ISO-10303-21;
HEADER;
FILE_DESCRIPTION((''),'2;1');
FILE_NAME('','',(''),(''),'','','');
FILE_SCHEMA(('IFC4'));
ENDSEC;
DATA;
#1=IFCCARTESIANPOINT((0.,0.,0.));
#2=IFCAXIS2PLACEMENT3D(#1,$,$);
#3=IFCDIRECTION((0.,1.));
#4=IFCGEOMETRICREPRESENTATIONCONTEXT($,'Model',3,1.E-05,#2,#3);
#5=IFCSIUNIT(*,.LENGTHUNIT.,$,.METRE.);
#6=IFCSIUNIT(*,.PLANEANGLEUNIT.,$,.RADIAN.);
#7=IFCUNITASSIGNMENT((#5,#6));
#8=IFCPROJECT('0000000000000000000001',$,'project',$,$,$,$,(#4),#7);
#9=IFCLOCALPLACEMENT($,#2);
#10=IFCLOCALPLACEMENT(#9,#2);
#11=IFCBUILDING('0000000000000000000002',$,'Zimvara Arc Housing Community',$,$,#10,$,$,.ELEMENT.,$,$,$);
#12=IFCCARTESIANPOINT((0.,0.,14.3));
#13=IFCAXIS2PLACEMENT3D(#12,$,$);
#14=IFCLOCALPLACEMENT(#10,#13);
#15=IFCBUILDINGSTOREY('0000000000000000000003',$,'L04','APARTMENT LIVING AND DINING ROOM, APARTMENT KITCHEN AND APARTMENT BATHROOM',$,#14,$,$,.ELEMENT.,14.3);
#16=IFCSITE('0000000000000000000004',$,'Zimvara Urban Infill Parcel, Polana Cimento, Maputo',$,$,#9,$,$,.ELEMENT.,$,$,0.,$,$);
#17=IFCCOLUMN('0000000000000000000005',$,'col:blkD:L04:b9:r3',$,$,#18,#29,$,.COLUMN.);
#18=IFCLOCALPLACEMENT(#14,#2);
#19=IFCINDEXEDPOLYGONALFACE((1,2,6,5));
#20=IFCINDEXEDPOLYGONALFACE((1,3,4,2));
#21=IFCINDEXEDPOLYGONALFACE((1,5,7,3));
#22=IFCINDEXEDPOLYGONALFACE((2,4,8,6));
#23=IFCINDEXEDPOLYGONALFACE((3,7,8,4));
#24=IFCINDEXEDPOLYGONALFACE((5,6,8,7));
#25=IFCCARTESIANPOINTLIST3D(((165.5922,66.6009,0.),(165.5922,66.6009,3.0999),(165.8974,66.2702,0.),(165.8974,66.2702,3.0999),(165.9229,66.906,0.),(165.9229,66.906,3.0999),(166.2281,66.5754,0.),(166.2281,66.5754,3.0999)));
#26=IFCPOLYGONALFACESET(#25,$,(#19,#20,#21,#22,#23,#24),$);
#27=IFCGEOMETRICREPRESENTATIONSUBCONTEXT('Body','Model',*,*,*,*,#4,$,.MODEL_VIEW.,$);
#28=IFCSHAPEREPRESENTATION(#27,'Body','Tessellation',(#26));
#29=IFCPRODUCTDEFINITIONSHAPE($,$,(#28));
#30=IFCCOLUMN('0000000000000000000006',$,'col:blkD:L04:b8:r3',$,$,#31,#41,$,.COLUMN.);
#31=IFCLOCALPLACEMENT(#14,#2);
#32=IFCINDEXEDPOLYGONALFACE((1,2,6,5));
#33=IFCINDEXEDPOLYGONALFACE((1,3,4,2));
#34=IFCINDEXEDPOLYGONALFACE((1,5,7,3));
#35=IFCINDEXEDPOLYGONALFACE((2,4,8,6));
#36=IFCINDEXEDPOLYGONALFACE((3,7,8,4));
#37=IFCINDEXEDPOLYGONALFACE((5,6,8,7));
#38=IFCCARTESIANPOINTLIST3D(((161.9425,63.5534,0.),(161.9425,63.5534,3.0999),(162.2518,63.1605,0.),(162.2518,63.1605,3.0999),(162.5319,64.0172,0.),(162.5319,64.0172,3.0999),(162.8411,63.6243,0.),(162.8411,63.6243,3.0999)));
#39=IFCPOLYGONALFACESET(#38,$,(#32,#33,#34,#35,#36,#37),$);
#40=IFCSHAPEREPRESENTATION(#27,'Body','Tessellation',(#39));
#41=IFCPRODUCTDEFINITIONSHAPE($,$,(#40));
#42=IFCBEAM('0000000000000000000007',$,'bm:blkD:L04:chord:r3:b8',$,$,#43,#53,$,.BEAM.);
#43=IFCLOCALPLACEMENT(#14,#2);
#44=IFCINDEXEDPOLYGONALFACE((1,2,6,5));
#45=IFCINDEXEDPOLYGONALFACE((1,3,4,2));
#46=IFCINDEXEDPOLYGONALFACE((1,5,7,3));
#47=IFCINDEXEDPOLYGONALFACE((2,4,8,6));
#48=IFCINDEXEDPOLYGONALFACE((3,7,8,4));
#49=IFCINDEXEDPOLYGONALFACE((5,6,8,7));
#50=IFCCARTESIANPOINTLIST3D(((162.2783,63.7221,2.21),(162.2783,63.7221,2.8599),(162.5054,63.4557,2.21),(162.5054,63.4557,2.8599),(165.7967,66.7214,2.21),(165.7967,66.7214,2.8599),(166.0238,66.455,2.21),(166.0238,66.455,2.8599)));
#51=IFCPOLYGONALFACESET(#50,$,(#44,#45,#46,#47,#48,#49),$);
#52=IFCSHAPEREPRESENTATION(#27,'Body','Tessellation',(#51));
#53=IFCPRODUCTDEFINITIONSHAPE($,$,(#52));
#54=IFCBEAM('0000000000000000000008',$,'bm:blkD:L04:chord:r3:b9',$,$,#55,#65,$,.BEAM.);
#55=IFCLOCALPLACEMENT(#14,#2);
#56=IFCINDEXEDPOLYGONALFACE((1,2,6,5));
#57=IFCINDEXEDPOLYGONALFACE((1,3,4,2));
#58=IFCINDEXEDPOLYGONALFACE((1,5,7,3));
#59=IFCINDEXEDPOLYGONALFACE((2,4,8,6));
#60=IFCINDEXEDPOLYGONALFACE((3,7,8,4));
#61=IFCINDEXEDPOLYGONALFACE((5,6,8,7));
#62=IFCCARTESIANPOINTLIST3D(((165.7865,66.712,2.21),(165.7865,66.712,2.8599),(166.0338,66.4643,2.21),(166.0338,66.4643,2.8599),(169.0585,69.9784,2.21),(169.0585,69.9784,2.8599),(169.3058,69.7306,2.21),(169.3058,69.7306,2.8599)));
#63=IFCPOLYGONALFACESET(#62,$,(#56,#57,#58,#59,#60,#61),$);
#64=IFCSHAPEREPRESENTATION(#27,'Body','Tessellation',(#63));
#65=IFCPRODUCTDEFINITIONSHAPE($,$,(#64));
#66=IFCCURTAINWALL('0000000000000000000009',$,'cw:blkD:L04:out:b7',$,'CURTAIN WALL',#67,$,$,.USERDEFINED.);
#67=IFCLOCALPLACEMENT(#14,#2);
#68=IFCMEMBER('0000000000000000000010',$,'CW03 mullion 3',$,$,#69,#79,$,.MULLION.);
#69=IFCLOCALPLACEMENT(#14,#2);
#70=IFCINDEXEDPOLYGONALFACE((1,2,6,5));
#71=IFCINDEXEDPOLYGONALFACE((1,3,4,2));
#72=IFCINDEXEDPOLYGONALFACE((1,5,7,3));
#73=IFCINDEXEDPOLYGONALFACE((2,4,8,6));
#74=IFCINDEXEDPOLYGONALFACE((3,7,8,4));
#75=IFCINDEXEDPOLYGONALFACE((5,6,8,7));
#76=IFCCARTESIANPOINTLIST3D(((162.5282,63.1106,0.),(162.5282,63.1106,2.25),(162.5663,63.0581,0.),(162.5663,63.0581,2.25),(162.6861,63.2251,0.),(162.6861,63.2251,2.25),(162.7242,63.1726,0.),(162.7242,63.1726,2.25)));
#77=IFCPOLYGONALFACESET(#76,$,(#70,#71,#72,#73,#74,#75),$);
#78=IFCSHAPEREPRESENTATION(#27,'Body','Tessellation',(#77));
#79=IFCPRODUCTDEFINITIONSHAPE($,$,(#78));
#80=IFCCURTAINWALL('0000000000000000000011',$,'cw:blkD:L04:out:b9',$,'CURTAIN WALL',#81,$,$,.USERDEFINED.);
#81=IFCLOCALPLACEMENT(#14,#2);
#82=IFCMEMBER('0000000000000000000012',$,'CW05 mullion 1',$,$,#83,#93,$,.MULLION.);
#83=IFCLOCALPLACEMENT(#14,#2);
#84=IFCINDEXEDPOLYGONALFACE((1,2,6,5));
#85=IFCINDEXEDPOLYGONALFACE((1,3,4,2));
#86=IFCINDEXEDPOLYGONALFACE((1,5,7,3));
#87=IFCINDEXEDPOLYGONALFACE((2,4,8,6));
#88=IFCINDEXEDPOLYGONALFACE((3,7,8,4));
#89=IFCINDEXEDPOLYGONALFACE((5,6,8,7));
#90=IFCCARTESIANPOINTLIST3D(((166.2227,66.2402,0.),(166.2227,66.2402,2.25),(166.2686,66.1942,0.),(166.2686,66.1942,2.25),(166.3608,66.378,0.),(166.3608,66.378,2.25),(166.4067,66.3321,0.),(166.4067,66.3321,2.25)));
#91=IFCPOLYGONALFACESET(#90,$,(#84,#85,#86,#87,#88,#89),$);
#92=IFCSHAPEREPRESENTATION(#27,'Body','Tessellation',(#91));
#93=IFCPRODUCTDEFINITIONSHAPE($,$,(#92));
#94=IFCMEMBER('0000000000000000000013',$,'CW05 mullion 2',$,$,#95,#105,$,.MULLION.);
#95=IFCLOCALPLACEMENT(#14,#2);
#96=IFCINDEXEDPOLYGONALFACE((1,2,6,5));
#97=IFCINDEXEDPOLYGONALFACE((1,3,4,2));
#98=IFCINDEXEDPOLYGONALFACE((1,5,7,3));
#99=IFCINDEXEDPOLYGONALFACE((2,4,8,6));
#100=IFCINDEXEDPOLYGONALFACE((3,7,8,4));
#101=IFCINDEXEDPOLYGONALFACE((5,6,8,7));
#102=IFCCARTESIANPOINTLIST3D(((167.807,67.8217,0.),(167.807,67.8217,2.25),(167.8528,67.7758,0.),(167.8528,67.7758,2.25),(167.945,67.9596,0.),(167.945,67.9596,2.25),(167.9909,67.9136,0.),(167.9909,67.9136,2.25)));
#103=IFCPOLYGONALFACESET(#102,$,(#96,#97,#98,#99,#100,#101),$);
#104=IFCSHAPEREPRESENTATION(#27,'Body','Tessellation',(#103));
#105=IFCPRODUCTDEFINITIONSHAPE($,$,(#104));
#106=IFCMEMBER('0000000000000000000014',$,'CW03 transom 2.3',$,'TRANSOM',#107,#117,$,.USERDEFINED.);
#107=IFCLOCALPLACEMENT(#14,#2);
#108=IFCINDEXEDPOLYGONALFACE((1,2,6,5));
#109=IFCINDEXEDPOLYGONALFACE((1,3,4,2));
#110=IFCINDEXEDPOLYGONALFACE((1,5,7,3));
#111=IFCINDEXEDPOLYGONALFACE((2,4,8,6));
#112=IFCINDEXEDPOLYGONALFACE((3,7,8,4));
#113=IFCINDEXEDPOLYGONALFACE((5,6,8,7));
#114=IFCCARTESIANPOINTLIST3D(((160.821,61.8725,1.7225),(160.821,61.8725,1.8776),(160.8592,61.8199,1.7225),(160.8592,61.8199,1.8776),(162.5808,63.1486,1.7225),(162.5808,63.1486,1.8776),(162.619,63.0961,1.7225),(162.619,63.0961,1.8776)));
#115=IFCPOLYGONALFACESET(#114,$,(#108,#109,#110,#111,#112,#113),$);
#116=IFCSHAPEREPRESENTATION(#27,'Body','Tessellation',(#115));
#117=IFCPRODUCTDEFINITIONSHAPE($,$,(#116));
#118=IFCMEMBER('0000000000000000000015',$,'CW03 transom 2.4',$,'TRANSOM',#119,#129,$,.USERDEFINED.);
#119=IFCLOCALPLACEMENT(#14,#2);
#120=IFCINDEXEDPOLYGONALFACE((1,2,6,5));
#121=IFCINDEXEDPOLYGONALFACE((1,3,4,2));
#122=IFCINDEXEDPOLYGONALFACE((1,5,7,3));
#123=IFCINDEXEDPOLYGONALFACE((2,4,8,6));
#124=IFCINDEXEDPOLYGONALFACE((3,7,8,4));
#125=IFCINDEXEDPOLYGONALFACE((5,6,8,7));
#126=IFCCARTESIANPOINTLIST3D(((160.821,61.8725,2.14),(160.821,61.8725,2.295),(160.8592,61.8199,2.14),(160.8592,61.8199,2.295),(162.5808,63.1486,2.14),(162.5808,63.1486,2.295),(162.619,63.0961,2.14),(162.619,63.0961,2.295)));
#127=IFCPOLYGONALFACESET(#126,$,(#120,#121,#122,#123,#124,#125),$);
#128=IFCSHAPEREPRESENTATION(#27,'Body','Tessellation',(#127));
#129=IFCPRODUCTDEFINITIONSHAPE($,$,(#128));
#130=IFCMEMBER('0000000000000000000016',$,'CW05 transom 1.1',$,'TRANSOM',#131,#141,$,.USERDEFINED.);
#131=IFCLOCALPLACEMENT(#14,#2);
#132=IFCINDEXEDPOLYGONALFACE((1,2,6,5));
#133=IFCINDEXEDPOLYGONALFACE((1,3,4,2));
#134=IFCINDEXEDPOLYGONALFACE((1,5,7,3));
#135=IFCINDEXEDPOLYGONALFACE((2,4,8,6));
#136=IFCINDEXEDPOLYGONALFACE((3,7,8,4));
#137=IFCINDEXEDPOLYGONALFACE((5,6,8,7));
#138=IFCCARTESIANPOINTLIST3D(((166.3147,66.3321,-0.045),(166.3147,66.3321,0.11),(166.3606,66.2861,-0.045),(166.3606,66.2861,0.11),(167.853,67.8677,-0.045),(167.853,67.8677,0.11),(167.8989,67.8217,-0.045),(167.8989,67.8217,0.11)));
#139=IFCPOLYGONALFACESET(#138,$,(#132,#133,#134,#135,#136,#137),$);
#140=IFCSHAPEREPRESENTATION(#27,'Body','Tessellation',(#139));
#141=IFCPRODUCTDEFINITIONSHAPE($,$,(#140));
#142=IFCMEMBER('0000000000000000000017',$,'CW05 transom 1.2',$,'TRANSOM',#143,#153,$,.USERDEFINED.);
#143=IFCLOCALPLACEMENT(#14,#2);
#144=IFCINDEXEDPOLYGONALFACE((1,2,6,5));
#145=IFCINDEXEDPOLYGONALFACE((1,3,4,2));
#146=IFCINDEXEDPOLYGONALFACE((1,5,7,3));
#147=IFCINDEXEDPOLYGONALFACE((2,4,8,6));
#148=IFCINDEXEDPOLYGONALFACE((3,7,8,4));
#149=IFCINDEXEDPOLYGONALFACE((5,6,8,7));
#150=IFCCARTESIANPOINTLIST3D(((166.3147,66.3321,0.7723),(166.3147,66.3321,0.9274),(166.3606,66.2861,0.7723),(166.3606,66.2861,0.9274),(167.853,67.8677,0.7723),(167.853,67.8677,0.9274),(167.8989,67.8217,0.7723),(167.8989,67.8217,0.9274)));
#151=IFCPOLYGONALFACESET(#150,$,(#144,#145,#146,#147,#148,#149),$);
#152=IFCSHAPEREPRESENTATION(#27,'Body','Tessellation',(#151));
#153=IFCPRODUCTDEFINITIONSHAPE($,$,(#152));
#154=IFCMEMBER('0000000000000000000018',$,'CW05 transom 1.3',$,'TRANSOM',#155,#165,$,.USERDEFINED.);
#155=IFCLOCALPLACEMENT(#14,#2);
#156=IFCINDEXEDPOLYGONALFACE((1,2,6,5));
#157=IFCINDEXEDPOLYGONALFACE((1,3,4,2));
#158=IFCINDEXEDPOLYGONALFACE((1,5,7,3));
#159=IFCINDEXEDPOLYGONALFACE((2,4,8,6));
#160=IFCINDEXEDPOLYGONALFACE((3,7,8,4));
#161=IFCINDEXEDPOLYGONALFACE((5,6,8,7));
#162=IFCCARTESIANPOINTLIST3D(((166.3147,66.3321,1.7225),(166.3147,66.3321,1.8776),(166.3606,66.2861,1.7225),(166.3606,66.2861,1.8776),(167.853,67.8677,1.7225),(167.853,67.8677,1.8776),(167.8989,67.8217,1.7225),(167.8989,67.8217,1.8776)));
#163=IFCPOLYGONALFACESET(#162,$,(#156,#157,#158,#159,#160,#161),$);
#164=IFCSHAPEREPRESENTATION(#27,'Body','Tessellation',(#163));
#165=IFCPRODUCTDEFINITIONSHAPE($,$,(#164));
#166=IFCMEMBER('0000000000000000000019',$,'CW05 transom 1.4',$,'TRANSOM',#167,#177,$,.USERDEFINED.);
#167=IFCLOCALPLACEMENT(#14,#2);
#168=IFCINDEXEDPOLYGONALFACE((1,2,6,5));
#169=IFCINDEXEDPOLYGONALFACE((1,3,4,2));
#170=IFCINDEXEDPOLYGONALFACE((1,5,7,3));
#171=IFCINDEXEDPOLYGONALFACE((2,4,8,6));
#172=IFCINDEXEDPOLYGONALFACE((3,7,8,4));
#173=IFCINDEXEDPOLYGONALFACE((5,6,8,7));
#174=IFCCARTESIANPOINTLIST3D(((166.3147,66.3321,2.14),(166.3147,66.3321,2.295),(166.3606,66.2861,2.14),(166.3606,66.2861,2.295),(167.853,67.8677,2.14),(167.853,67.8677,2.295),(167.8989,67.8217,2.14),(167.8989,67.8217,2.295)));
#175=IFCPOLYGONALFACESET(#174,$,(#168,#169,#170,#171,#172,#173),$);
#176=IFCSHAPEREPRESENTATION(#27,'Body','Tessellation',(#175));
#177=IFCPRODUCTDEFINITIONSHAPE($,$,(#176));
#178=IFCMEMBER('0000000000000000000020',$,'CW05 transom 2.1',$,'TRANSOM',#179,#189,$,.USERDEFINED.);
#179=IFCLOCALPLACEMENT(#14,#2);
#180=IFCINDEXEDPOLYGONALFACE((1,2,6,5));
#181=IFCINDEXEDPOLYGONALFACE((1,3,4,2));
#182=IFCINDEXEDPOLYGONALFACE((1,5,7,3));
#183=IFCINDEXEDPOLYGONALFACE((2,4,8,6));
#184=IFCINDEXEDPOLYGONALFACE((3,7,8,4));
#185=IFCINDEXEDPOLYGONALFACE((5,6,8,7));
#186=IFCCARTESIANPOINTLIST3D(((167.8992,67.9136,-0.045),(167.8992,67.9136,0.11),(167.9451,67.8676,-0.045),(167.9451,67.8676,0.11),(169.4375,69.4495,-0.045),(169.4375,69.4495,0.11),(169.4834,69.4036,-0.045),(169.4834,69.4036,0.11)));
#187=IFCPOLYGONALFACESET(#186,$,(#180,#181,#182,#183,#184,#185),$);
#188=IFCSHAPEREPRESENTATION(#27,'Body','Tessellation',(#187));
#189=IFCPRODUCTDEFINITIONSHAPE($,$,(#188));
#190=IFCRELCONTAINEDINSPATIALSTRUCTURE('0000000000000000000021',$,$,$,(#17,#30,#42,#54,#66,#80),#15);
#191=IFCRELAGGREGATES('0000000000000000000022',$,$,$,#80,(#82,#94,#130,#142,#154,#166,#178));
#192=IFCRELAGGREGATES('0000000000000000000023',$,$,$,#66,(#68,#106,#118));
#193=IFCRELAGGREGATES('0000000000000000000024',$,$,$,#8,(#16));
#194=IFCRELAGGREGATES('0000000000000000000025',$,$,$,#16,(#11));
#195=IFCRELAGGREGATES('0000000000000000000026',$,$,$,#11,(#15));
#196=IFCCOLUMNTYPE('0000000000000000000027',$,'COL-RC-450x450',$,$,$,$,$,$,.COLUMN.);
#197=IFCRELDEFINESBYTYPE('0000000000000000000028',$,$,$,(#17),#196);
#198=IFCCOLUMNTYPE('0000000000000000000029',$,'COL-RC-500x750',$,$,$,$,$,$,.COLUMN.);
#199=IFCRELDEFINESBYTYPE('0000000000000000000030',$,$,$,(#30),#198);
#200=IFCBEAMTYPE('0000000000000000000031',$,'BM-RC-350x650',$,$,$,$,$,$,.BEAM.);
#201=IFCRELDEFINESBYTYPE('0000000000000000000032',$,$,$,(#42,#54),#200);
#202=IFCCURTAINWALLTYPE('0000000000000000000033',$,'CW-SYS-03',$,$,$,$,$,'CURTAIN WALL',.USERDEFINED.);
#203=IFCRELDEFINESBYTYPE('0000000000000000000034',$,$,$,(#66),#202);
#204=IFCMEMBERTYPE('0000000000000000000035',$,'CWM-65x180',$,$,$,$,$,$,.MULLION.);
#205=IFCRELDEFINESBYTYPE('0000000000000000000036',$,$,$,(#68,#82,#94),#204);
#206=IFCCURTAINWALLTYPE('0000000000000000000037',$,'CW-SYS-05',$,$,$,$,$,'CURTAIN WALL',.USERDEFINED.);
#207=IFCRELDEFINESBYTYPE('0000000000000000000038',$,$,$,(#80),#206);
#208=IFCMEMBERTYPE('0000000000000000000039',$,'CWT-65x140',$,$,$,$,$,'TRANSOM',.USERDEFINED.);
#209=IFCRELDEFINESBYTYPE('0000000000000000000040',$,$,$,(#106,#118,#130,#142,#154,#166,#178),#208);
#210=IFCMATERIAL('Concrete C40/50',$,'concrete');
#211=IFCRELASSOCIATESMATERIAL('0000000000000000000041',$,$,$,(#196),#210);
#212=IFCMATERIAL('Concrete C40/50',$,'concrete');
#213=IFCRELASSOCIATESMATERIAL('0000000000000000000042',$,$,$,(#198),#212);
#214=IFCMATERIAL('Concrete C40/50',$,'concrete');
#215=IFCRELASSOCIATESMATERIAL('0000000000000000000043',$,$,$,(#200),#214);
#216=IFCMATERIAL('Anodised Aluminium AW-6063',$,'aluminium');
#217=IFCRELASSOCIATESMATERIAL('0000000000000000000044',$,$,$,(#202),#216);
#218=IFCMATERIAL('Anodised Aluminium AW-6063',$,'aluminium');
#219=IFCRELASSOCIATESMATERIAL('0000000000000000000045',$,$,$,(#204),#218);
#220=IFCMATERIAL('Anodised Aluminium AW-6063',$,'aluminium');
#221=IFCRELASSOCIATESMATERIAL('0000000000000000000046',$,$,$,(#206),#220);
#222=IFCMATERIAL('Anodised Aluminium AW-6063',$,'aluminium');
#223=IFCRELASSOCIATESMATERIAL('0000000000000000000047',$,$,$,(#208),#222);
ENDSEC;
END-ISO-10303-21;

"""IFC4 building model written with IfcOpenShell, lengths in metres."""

from ifc_helpers import new_model, si_unit, direction, frame, origin, origin_2d, place, context, subcontext, project, spatial, rectangle, extrude, material, material_profile, profile_set, type_object, element, aggregate, save


model = new_model("IFC4")

# Units and contexts
model_context = context("Model", 3, precision=1e-05, world=origin(), true_north=direction((0.0, 1.0)))
body_context = subcontext(model_context, "Body", "Model", "MODEL_VIEW")
ifc_project = project(units=[si_unit("LENGTHUNIT", "METRE"), si_unit("PLANEANGLEUNIT", "RADIAN")], contexts=[model_context])

# Site, building, storey
site_placement = place(None, origin())
site = spatial("IfcSite", under=ifc_project, at=site_placement, Name="Zimvara Urban Infill Parcel, Polana Cimento, Maputo", CompositionType="ELEMENT", RefElevation=0.0)
building_placement = place(site_placement, origin())
building = spatial("IfcBuilding", under=site, at=building_placement, Name="Zimvara Arc Housing Community", CompositionType="ELEMENT")
storey_placement = place(building_placement, frame((0.0, 0.0, 14.3)))
storey = spatial("IfcBuildingStorey", under=building, at=storey_placement, Name="L04", Description="APARTMENT LIVING AND DINING ROOM, APARTMENT KITCHEN AND APARTMENT BATHROOM", CompositionType="ELEMENT", Elevation=14.3)

# Columns
ifc_material_1 = material(Name="Concrete C40/50", Category="concrete")
ifc_material_profile_1 = material_profile(ifc_material_1, rectangle(XDim=0.45, YDim=0.45, at=origin_2d()), Name="RC 450x450")
ifc_profile_set_1 = profile_set([ifc_material_profile_1], Name="Concrete C40/50")
column_type_1 = type_object("IfcColumnType", Name="COL-RC-450x450", PredefinedType="COLUMN", material=ifc_profile_set_1)
column_1_placement = place(storey_placement, frame((165.9102, 66.5881, 0.0), z_axis=(0.0, 0.0, 1.0), x_axis=(0.67816, -0.734915, 0.0)))
element("IfcColumn", 1, at=column_1_placement, inside=storey, type_object=column_type_1, Name="col:blkD:L04:b9:r3", PredefinedType="COLUMN", context=body_context, shape_type="SweptSolid", body=[
    extrude(rectangle(XDim=0.45, YDim=0.45, at=origin_2d()), origin(), (0.0, 0.0, 1.0), 3.0999),
])
ifc_material_2 = material(Name="Concrete C40/50", Category="concrete")
ifc_material_profile_2 = material_profile(ifc_material_2, rectangle(XDim=0.5, YDim=0.75, at=origin_2d()), Name="RC 500x750")
ifc_profile_set_2 = profile_set([ifc_material_profile_2], Name="Concrete C40/50")
column_type_2 = type_object("IfcColumnType", Name="COL-RC-500x750", PredefinedType="COLUMN", material=ifc_profile_set_2)
column_2_placement = place(storey_placement, frame((162.3918, 63.5889, 0.0), z_axis=(0.0, 0.0, 1.0), x_axis=(0.618408, -0.785857, 0.0)))
element("IfcColumn", 2, at=column_2_placement, inside=storey, type_object=column_type_2, Name="col:blkD:L04:b8:r3", PredefinedType="COLUMN", context=body_context, shape_type="SweptSolid", body=[
    extrude(rectangle(XDim=0.5, YDim=0.75, at=origin_2d()), origin(), (0.0, 0.0, 1.0), 3.0999),
])

# Beams
ifc_material_3 = material(Name="Concrete C40/50", Category="concrete")
ifc_material_profile_3 = material_profile(ifc_material_3, rectangle(XDim=0.3501, YDim=0.6499, at=origin_2d()), Name="RC 350x650")
ifc_profile_set_3 = profile_set([ifc_material_profile_3], Name="Concrete C40/50")
beam_type = type_object("IfcBeamType", Name="BM-RC-350x650", PredefinedType="BEAM", material=ifc_profile_set_3)
for number, where, z_axis, x_axis, name in (
    (3, (162.3918, 63.5889, 2.5349), (0.76101, 0.648741, 0.0), (-0.648741, 0.76101, 0.0), "bm:blkD:L04:chord:r3:b8"),
    (4, (165.9102, 66.5881, 2.5349), (0.707714, 0.706499, 0.0), (-0.706499, 0.707714, 0.0), "bm:blkD:L04:chord:r3:b9"),
):
    element("IfcBeam", number, at=place(storey_placement, frame(where, z_axis=z_axis, x_axis=x_axis)), inside=storey, type_object=beam_type, Name=name, PredefinedType="BEAM", context=body_context, shape_type="SweptSolid", body=[
        extrude(rectangle(XDim=0.3501, YDim=0.6499, at=origin_2d()), origin(), (0.0, 0.0, 1.0), 4.6233),
    ])

# Curtain wall, member
ifc_material_4 = material(Name="Anodised Aluminium AW-6063", Category="aluminium")
curtain_wall_type_1 = type_object("IfcCurtainWallType", Name="CW-SYS-03", ElementType="CURTAIN WALL", PredefinedType="USERDEFINED", material=ifc_material_4)
curtain_wall_1_placement = place(storey_placement, origin())
curtain_wall_1 = element("IfcCurtainWall", 5, at=curtain_wall_1_placement, inside=storey, type_object=curtain_wall_type_1, Name="cw:blkD:L04:out:b7", ObjectType="CURTAIN WALL", PredefinedType="USERDEFINED")
ifc_material_5 = material(Name="Anodised Aluminium AW-6063", Category="aluminium")
ifc_material_profile_4 = material_profile(ifc_material_5, rectangle(XDim=0.0649, YDim=0.1951, at=origin_2d()), Name="ALU 65x195")
ifc_profile_set_4 = profile_set([ifc_material_profile_4], Name="Anodised Aluminium AW-6063")
member_type_1 = type_object("IfcMemberType", Name="CWM-65x180", PredefinedType="MULLION", material=ifc_profile_set_4)
member_1_placement = place(storey_placement, frame((162.6262, 63.1416, 0.0), z_axis=(0.0, 0.0, 1.0), x_axis=(-0.587078, 0.80953, 0.0)))
member_1 = element("IfcMember", 6, at=member_1_placement, type_object=member_type_1, Name="CW03 mullion 3", PredefinedType="MULLION", context=body_context, shape_type="SweptSolid", body=[
    extrude(rectangle(XDim=0.0649, YDim=0.1951, at=origin_2d()), origin(), (0.0, 0.0, 1.0), 2.25),
])

# Curtain wall, members
ifc_material_6 = material(Name="Anodised Aluminium AW-6063", Category="aluminium")
curtain_wall_type_2 = type_object("IfcCurtainWallType", Name="CW-SYS-05", ElementType="CURTAIN WALL", PredefinedType="USERDEFINED", material=ifc_material_6)
curtain_wall_2_placement = place(storey_placement, origin())
curtain_wall_2 = element("IfcCurtainWall", 7, at=curtain_wall_2_placement, inside=storey, type_object=curtain_wall_type_2, Name="cw:blkD:L04:out:b9", ObjectType="CURTAIN WALL", PredefinedType="USERDEFINED")
member_2_placement = place(storey_placement, frame((166.3147, 66.2861, 0.0), z_axis=(0.0, 0.0, 1.0), x_axis=(-0.706489, 0.707724, 0.0)))
member_2 = element("IfcMember", 8, at=member_2_placement, type_object=member_type_1, Name="CW05 mullion 1", PredefinedType="MULLION", context=body_context, shape_type="SweptSolid", body=[
    extrude(rectangle(XDim=0.0649, YDim=0.1951, at=origin_2d()), origin(), (0.0, 0.0, 1.0), 2.25),
])
member_3_placement = place(storey_placement, frame((167.8989, 67.8677, 0.0), z_axis=(0.0, 0.0, 1.0), x_axis=(-0.706489, 0.707724, 0.0)))
member_3 = element("IfcMember", 9, at=member_3_placement, type_object=member_type_1, Name="CW05 mullion 2", PredefinedType="MULLION", context=body_context, shape_type="SweptSolid", body=[
    extrude(rectangle(XDim=0.0649, YDim=0.1951, at=origin_2d()), origin(), (0.0, 0.0, 1.0), 2.25),
])

# Members
ifc_material_7 = material(Name="Anodised Aluminium AW-6063", Category="aluminium")
ifc_material_profile_5 = material_profile(ifc_material_7, rectangle(XDim=0.0649, YDim=0.155, at=origin_2d()), Name="ALU 65x155")
ifc_profile_set_5 = profile_set([ifc_material_profile_5], Name="Anodised Aluminium AW-6063")
member_type_2 = type_object("IfcMemberType", Name="CWT-65x140", ElementType="TRANSOM", PredefinedType="USERDEFINED", material=ifc_profile_set_5)
member_4_placement = place(storey_placement, frame((160.8401, 61.8462, 1.8), z_axis=(0.809546, 0.587056, 0.0), x_axis=(-0.587056, 0.809546, 0.0)))
member_4 = element("IfcMember", 10, at=member_4_placement, type_object=member_type_2, Name="CW03 transom 2.3", ObjectType="TRANSOM", PredefinedType="USERDEFINED", context=body_context, shape_type="SweptSolid", body=[
    extrude(rectangle(XDim=0.0649, YDim=0.155, at=origin_2d()), origin(), (0.0, 0.0, 1.0), 2.1738),
])
member_5_placement = place(storey_placement, frame((160.8401, 61.8462, 2.2175), z_axis=(0.809546, 0.587056, 0.0), x_axis=(-0.587056, 0.809546, 0.0)))
member_5 = element("IfcMember", 11, at=member_5_placement, type_object=member_type_2, Name="CW03 transom 2.4", ObjectType="TRANSOM", PredefinedType="USERDEFINED", context=body_context, shape_type="SweptSolid", body=[
    extrude(rectangle(XDim=0.0649, YDim=0.155, at=origin_2d()), origin(), (0.0, 0.0, 1.0), 2.1738),
])
member_6_placement = place(storey_placement, frame((166.3376, 66.3091, 0.0325), z_axis=(0.707724, 0.706489, 0.0), x_axis=(-0.706489, 0.707724, 0.0)))
member_6 = element("IfcMember", 12, at=member_6_placement, type_object=member_type_2, Name="CW05 transom 1.1", ObjectType="TRANSOM", PredefinedType="USERDEFINED", context=body_context, shape_type="SweptSolid", body=[
    extrude(rectangle(XDim=0.0649, YDim=0.155, at=origin_2d()), origin(), (0.0, 0.0, 1.0), 2.1736),
])
member_7_placement = place(storey_placement, frame((166.3376, 66.3091, 0.8499), z_axis=(0.707724, 0.706489, 0.0), x_axis=(-0.706489, 0.707724, 0.0)))
member_7 = element("IfcMember", 13, at=member_7_placement, type_object=member_type_2, Name="CW05 transom 1.2", ObjectType="TRANSOM", PredefinedType="USERDEFINED", context=body_context, shape_type="SweptSolid", body=[
    extrude(rectangle(XDim=0.0649, YDim=0.155, at=origin_2d()), origin(), (0.0, 0.0, 1.0), 2.1736),
])
member_8_placement = place(storey_placement, frame((166.3376, 66.3091, 1.8), z_axis=(0.707724, 0.706489, 0.0), x_axis=(-0.706489, 0.707724, 0.0)))
member_8 = element("IfcMember", 14, at=member_8_placement, type_object=member_type_2, Name="CW05 transom 1.3", ObjectType="TRANSOM", PredefinedType="USERDEFINED", context=body_context, shape_type="SweptSolid", body=[
    extrude(rectangle(XDim=0.0649, YDim=0.155, at=origin_2d()), origin(), (0.0, 0.0, 1.0), 2.1736),
])
member_9_placement = place(storey_placement, frame((166.3376, 66.3091, 2.2175), z_axis=(0.707724, 0.706489, 0.0), x_axis=(-0.706489, 0.707724, 0.0)))
member_9 = element("IfcMember", 15, at=member_9_placement, type_object=member_type_2, Name="CW05 transom 1.4", ObjectType="TRANSOM", PredefinedType="USERDEFINED", context=body_context, shape_type="SweptSolid", body=[
    extrude(rectangle(XDim=0.0649, YDim=0.155, at=origin_2d()), origin(), (0.0, 0.0, 1.0), 2.1736),
])
member_10_placement = place(storey_placement, frame((167.9221, 67.8906, 0.0325), z_axis=(0.707668, 0.706545, 0.0), x_axis=(-0.706545, 0.707668, 0.0)))
member_10 = element("IfcMember", 16, at=member_10_placement, type_object=member_type_2, Name="CW05 transom 2.1", ObjectType="TRANSOM", PredefinedType="USERDEFINED", context=body_context, shape_type="SweptSolid", body=[
    extrude(rectangle(XDim=0.0649, YDim=0.155, at=origin_2d()), origin(), (0.0, 0.0, 1.0), 2.1738),
])

aggregate(curtain_wall_2, [member_2, member_3, member_6, member_7, member_8, member_9, member_10])
aggregate(curtain_wall_1, [member_1, member_4, member_5])

save(model, "model.ifc")
